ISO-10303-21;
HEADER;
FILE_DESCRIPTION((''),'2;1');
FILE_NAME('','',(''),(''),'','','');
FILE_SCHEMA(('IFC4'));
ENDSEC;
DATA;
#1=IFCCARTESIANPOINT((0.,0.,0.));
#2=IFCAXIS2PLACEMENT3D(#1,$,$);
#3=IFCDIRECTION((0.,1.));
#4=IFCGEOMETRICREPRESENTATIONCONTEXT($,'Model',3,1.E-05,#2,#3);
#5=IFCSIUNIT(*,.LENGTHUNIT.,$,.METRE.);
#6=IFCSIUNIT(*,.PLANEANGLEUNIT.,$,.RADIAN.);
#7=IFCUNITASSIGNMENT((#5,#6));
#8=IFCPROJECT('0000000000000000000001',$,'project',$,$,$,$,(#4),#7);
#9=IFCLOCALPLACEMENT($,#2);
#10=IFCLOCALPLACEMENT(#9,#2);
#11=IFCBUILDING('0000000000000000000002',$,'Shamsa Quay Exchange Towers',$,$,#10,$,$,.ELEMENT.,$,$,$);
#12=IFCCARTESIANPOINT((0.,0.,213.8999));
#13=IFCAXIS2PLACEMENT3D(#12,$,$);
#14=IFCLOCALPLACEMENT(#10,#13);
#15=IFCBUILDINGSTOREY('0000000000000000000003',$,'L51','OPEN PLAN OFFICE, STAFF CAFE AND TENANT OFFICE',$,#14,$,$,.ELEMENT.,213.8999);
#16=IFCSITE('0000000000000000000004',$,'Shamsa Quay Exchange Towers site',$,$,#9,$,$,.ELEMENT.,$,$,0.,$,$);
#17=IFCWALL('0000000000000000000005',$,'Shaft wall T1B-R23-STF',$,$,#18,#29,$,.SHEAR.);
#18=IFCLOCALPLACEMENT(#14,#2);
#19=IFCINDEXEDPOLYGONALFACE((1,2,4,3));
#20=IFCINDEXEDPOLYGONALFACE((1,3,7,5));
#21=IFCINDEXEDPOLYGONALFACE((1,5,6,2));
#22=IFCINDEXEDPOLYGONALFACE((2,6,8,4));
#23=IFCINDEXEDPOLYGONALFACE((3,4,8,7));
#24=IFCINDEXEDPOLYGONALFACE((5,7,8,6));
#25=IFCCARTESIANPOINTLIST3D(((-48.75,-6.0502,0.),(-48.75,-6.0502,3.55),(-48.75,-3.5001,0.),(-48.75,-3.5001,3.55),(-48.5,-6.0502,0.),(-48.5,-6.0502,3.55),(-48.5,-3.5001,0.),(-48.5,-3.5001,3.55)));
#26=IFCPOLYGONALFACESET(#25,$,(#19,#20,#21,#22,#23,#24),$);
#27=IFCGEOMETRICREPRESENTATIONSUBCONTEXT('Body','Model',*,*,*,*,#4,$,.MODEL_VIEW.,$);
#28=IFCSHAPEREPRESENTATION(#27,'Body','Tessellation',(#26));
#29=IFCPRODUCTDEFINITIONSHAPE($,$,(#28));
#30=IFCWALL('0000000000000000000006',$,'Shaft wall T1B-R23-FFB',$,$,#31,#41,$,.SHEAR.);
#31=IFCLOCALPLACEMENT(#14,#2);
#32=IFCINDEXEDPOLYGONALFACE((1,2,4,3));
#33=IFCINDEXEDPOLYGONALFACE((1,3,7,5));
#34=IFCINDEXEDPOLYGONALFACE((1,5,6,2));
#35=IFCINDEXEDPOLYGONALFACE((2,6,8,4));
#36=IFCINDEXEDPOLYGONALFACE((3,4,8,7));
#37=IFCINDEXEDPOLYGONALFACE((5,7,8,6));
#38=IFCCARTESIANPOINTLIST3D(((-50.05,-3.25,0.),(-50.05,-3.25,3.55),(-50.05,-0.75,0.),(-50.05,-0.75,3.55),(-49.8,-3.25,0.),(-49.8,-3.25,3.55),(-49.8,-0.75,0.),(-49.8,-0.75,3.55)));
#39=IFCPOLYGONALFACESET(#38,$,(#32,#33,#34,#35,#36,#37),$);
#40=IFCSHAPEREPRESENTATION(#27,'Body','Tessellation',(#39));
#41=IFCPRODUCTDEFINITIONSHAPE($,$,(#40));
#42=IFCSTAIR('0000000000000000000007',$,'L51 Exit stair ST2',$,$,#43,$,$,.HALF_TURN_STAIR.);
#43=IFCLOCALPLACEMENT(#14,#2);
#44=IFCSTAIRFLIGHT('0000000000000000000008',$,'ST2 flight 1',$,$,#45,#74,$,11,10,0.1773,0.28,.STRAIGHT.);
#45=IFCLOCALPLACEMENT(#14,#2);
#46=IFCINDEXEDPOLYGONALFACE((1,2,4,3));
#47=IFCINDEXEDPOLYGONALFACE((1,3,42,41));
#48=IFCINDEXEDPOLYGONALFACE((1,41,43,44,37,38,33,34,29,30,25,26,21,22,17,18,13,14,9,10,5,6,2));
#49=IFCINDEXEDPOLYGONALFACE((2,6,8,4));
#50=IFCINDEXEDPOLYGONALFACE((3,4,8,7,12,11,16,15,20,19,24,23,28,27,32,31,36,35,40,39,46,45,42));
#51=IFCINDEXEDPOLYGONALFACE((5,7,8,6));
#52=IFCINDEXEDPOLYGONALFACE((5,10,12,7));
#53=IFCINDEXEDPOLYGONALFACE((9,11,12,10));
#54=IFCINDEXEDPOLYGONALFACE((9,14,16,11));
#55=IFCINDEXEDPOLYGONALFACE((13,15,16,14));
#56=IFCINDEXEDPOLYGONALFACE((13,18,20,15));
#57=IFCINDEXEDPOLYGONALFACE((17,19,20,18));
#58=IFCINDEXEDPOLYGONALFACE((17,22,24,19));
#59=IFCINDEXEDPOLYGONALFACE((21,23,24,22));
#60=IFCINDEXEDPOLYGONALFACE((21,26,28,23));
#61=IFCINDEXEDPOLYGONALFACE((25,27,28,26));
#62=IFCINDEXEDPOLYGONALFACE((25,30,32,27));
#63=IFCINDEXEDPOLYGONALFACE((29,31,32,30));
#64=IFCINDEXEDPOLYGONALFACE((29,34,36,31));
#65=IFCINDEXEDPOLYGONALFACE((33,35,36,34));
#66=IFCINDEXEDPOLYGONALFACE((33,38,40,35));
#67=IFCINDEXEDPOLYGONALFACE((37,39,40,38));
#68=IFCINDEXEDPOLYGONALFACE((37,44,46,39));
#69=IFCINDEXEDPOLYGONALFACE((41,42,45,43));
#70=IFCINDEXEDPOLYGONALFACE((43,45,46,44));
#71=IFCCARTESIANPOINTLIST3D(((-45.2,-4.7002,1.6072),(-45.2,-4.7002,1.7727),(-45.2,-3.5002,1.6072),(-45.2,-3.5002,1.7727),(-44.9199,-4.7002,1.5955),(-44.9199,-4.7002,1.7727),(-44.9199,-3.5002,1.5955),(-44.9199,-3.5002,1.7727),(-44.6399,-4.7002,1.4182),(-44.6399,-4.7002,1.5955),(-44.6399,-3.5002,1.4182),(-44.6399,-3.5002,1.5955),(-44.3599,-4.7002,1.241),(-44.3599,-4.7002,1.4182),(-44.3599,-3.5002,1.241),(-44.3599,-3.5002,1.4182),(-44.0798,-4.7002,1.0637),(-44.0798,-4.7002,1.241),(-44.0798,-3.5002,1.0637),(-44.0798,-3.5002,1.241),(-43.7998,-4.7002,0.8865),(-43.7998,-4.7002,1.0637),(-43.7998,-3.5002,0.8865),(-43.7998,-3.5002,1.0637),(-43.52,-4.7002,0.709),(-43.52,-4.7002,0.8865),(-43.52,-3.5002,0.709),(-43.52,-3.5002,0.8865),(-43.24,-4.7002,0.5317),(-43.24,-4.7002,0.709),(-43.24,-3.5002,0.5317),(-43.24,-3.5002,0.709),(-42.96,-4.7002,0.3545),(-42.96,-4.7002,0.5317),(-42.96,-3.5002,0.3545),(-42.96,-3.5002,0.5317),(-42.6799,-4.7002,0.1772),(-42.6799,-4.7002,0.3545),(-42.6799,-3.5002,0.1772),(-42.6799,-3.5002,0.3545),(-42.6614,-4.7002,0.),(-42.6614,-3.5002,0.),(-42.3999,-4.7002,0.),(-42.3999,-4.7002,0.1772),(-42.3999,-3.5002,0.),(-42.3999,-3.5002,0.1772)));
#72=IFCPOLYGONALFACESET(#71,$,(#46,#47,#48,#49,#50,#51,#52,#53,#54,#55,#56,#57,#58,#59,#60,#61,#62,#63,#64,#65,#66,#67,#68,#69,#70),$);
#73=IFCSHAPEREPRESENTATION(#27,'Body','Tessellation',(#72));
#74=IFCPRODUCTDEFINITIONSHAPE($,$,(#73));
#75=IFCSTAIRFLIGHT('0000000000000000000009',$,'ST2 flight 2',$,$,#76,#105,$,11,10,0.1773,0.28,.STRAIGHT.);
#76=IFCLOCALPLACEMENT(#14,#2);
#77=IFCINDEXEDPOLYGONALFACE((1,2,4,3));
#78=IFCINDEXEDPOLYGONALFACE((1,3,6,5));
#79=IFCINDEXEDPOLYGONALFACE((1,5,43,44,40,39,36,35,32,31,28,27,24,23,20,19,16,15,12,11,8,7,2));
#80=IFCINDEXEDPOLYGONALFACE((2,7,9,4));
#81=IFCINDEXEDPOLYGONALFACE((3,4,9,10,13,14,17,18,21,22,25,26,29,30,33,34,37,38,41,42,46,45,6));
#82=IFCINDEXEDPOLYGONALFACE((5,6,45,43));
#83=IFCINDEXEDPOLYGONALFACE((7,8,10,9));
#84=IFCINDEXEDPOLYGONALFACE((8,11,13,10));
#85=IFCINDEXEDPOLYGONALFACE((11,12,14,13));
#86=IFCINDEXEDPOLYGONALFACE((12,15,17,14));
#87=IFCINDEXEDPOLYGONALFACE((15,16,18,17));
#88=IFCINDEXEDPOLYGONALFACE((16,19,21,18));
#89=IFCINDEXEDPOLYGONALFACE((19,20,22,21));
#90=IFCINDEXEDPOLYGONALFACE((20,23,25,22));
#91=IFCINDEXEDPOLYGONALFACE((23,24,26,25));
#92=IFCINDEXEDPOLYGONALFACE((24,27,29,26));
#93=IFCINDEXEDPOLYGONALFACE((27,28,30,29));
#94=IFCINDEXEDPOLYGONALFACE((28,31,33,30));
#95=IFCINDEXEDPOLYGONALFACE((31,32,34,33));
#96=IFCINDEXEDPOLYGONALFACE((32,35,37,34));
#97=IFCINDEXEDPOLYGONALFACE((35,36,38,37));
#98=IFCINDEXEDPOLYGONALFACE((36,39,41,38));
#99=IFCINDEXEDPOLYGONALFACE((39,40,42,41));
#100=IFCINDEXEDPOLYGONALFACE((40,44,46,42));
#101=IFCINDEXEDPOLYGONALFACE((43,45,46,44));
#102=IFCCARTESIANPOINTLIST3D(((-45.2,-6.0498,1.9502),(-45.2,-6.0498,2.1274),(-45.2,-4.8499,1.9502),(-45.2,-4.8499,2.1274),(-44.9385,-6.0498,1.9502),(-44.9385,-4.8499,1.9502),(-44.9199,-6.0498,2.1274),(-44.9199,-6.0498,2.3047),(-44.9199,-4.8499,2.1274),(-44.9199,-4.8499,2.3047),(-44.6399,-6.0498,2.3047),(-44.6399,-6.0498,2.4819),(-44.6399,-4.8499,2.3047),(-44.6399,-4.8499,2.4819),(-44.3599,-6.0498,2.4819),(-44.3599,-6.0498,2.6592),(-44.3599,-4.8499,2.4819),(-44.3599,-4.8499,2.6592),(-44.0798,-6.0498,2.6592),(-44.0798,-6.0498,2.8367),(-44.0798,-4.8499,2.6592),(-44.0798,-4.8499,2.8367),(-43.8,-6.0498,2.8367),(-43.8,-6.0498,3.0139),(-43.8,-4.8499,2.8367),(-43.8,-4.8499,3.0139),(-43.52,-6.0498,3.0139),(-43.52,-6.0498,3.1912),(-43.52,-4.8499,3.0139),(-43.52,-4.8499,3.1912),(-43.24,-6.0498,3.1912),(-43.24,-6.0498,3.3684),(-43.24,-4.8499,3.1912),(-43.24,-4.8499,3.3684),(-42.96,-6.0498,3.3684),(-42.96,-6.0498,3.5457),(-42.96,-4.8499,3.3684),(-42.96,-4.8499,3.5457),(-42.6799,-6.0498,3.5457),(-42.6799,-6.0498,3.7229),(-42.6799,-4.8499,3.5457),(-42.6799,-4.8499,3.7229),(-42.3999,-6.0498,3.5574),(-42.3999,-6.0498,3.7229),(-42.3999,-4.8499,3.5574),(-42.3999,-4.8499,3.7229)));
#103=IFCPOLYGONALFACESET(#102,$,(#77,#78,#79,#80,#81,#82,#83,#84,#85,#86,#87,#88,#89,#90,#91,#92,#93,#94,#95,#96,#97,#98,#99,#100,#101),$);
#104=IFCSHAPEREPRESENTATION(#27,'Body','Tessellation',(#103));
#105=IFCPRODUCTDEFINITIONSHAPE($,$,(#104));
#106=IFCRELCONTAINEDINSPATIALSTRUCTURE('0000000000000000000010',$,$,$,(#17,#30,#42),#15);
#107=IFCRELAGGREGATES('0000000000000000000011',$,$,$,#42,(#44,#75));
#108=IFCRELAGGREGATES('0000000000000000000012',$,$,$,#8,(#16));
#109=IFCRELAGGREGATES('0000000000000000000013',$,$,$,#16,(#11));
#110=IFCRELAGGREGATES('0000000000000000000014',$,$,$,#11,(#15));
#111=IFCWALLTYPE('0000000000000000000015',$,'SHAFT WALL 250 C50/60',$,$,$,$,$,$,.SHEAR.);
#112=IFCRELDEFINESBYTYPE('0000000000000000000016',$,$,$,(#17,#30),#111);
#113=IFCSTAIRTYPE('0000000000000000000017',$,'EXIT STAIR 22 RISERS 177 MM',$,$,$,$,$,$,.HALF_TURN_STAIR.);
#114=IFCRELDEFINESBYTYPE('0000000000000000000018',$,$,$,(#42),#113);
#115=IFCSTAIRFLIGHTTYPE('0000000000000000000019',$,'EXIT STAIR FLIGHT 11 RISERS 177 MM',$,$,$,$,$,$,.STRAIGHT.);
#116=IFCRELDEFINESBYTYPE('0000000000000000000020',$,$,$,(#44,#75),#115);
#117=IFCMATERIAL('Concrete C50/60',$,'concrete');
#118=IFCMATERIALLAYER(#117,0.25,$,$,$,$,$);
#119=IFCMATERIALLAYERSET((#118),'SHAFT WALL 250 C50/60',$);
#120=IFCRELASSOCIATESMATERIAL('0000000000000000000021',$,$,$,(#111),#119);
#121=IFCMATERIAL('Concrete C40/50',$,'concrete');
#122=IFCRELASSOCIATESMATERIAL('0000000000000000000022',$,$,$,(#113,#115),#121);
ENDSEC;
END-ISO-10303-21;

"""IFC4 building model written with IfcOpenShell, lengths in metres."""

from ifc_helpers import new_model, si_unit, direction, frame, frame_2d, origin, place, context, subcontext, project, spatial, polyline, rectangle, outline, extrude, material, layer, layer_set, type_object, element, aggregate, save


model = new_model("IFC4")

# Units and contexts
model_context = context("Model", 3, precision=1e-05, world=origin(), true_north=direction((0.0, 1.0)))
body_context = subcontext(model_context, "Body", "Model", "MODEL_VIEW")
ifc_project = project(units=[si_unit("LENGTHUNIT", "METRE"), si_unit("PLANEANGLEUNIT", "RADIAN")], contexts=[model_context])

# Site, building, storey
site_placement = place(None, origin())
site = spatial("IfcSite", under=ifc_project, at=site_placement, Name="Shamsa Quay Exchange Towers site", CompositionType="ELEMENT", RefElevation=0.0)
building_placement = place(site_placement, origin())
building = spatial("IfcBuilding", under=site, at=building_placement, Name="Shamsa Quay Exchange Towers", CompositionType="ELEMENT")
storey_placement = place(building_placement, frame((0.0, 0.0, 213.8999)))
storey = spatial("IfcBuildingStorey", under=building, at=storey_placement, Name="L51", Description="OPEN PLAN OFFICE, STAFF CAFE AND TENANT OFFICE", CompositionType="ELEMENT", Elevation=213.8999)

# Wall
ifc_material_1 = material(Name="Concrete C50/60", Category="concrete")
ifc_layer_1 = layer(ifc_material_1, 0.25)
ifc_layer_set_1 = layer_set([ifc_layer_1], Name="SHAFT WALL 250 C50/60")
wall_type_1 = type_object("IfcWallType", Name="SHAFT WALL 250 C50/60", PredefinedType="SHEAR", material=ifc_layer_set_1)
wall_1_placement = place(storey_placement, frame((-48.625, -6.05, 0.0), z_axis=(0.0, 0.0, 1.0), x_axis=(0.0, 1.0, 0.0)))
element("IfcWall", 1, at=wall_1_placement, inside=storey, type_object=wall_type_1, Name="Shaft wall T1B-R23-STF", PredefinedType="SHEAR", context=body_context, shape_type="SweptSolid", body=[
    extrude(rectangle(XDim=2.55, YDim=0.25, at=frame_2d((1.2749, 0.0))), origin(), (0.0, 0.0, 1.0), 3.55),
])

# Wall
wall_2_placement = place(storey_placement, frame((-49.925, -3.25, 0.0), z_axis=(0.0, 0.0, 1.0), x_axis=(0.0, 1.0, 0.0)))
element("IfcWall", 2, at=wall_2_placement, inside=storey, type_object=wall_type_1, Name="Shaft wall T1B-R23-FFB", PredefinedType="SHEAR", context=body_context, shape_type="SweptSolid", body=[
    extrude(rectangle(XDim=2.5, YDim=0.25, at=frame_2d((1.25, 0.0))), origin(), (0.0, 0.0, 1.0), 3.55),
])

# Stair, stair flights
ifc_material_2 = material(Name="Concrete C40/50", Category="concrete")
stair_type = type_object("IfcStairType", Name="EXIT STAIR 22 RISERS 177 MM", PredefinedType="HALF_TURN_STAIR", material=ifc_material_2)
stair_placement = place(storey_placement, origin())
stair = element("IfcStair", 3, at=stair_placement, inside=storey, type_object=stair_type, Name="L51 Exit stair ST2", PredefinedType="HALF_TURN_STAIR")
stair_flight_type = type_object("IfcStairFlightType", Name="EXIT STAIR FLIGHT 11 RISERS 177 MM", PredefinedType="STRAIGHT", material=ifc_material_2)
stair_flight_1_placement = place(storey_placement, frame((-42.3999, -4.1001, 0.0), z_axis=(0.0, 0.0, 1.0), x_axis=(-1.0, 0.0, 0.0)))
stair_flight_1 = element("IfcStairFlight", 4, at=stair_flight_1_placement, type_object=stair_flight_type, Name="ST2 flight 1", NumberOfRisers=11, NumberOfTreads=10, PredefinedType="STRAIGHT", RiserHeight=0.1773, TreadLength=0.28, context=body_context, shape_type="SweptSolid", body=[
    extrude(outline(polyline([(0.0, 0.0), (0.0, 0.1772), (0.28, 0.1772), (0.28, 0.3545), (0.5601, 0.3545), (0.5601, 0.5317), (0.8401, 0.5317), (0.8401, 0.709), (1.1201, 0.709), (1.1201, 0.8865), (1.3999, 0.8865), (1.3999, 1.0637), (1.6799, 1.0637), (1.6799, 1.241), (1.96, 1.241), (1.96, 1.4182), (2.24, 1.4182), (2.24, 1.5955), (2.52, 1.5955), (2.52, 1.7727), (2.8, 1.7727), (2.8, 1.95), (2.8, 1.6072), (0.2615, 0.0), (0.0, 0.0)])), frame((0.0, 0.6001, 0.0), z_axis=(0.0, -1.0, 0.0), x_axis=(1.0, 0.0, 0.0)), (0.0, 0.0, 1.0), 1.2),
])
stair_flight_2_placement = place(storey_placement, frame((-45.2, -5.45, 1.9502)))
stair_flight_2 = element("IfcStairFlight", 5, at=stair_flight_2_placement, type_object=stair_flight_type, Name="ST2 flight 2", NumberOfRisers=11, NumberOfTreads=10, PredefinedType="STRAIGHT", RiserHeight=0.1773, TreadLength=0.28, context=body_context, shape_type="SweptSolid", body=[
    extrude(outline(polyline([(0.0, 0.0), (0.0, 0.1772), (0.28, 0.1772), (0.28, 0.3545), (0.5601, 0.3545), (0.5601, 0.5317), (0.8401, 0.5317), (0.8401, 0.709), (1.1201, 0.709), (1.1201, 0.8865), (1.3999, 0.8865), (1.3999, 1.0637), (1.6799, 1.0637), (1.6799, 1.241), (1.96, 1.241), (1.96, 1.4182), (2.24, 1.4182), (2.24, 1.5955), (2.52, 1.5955), (2.52, 1.7727), (2.8, 1.7727), (2.8, 1.95), (2.8, 1.6072), (0.2615, 0.0), (0.0, 0.0)])), frame((0.0, 0.6001, 0.0), z_axis=(0.0, -1.0, 0.0), x_axis=(1.0, 0.0, 0.0)), (0.0, 0.0, 1.0), 1.2),
])
aggregate(stair, [stair_flight_1, stair_flight_2])

save(model, "model.ifc")
